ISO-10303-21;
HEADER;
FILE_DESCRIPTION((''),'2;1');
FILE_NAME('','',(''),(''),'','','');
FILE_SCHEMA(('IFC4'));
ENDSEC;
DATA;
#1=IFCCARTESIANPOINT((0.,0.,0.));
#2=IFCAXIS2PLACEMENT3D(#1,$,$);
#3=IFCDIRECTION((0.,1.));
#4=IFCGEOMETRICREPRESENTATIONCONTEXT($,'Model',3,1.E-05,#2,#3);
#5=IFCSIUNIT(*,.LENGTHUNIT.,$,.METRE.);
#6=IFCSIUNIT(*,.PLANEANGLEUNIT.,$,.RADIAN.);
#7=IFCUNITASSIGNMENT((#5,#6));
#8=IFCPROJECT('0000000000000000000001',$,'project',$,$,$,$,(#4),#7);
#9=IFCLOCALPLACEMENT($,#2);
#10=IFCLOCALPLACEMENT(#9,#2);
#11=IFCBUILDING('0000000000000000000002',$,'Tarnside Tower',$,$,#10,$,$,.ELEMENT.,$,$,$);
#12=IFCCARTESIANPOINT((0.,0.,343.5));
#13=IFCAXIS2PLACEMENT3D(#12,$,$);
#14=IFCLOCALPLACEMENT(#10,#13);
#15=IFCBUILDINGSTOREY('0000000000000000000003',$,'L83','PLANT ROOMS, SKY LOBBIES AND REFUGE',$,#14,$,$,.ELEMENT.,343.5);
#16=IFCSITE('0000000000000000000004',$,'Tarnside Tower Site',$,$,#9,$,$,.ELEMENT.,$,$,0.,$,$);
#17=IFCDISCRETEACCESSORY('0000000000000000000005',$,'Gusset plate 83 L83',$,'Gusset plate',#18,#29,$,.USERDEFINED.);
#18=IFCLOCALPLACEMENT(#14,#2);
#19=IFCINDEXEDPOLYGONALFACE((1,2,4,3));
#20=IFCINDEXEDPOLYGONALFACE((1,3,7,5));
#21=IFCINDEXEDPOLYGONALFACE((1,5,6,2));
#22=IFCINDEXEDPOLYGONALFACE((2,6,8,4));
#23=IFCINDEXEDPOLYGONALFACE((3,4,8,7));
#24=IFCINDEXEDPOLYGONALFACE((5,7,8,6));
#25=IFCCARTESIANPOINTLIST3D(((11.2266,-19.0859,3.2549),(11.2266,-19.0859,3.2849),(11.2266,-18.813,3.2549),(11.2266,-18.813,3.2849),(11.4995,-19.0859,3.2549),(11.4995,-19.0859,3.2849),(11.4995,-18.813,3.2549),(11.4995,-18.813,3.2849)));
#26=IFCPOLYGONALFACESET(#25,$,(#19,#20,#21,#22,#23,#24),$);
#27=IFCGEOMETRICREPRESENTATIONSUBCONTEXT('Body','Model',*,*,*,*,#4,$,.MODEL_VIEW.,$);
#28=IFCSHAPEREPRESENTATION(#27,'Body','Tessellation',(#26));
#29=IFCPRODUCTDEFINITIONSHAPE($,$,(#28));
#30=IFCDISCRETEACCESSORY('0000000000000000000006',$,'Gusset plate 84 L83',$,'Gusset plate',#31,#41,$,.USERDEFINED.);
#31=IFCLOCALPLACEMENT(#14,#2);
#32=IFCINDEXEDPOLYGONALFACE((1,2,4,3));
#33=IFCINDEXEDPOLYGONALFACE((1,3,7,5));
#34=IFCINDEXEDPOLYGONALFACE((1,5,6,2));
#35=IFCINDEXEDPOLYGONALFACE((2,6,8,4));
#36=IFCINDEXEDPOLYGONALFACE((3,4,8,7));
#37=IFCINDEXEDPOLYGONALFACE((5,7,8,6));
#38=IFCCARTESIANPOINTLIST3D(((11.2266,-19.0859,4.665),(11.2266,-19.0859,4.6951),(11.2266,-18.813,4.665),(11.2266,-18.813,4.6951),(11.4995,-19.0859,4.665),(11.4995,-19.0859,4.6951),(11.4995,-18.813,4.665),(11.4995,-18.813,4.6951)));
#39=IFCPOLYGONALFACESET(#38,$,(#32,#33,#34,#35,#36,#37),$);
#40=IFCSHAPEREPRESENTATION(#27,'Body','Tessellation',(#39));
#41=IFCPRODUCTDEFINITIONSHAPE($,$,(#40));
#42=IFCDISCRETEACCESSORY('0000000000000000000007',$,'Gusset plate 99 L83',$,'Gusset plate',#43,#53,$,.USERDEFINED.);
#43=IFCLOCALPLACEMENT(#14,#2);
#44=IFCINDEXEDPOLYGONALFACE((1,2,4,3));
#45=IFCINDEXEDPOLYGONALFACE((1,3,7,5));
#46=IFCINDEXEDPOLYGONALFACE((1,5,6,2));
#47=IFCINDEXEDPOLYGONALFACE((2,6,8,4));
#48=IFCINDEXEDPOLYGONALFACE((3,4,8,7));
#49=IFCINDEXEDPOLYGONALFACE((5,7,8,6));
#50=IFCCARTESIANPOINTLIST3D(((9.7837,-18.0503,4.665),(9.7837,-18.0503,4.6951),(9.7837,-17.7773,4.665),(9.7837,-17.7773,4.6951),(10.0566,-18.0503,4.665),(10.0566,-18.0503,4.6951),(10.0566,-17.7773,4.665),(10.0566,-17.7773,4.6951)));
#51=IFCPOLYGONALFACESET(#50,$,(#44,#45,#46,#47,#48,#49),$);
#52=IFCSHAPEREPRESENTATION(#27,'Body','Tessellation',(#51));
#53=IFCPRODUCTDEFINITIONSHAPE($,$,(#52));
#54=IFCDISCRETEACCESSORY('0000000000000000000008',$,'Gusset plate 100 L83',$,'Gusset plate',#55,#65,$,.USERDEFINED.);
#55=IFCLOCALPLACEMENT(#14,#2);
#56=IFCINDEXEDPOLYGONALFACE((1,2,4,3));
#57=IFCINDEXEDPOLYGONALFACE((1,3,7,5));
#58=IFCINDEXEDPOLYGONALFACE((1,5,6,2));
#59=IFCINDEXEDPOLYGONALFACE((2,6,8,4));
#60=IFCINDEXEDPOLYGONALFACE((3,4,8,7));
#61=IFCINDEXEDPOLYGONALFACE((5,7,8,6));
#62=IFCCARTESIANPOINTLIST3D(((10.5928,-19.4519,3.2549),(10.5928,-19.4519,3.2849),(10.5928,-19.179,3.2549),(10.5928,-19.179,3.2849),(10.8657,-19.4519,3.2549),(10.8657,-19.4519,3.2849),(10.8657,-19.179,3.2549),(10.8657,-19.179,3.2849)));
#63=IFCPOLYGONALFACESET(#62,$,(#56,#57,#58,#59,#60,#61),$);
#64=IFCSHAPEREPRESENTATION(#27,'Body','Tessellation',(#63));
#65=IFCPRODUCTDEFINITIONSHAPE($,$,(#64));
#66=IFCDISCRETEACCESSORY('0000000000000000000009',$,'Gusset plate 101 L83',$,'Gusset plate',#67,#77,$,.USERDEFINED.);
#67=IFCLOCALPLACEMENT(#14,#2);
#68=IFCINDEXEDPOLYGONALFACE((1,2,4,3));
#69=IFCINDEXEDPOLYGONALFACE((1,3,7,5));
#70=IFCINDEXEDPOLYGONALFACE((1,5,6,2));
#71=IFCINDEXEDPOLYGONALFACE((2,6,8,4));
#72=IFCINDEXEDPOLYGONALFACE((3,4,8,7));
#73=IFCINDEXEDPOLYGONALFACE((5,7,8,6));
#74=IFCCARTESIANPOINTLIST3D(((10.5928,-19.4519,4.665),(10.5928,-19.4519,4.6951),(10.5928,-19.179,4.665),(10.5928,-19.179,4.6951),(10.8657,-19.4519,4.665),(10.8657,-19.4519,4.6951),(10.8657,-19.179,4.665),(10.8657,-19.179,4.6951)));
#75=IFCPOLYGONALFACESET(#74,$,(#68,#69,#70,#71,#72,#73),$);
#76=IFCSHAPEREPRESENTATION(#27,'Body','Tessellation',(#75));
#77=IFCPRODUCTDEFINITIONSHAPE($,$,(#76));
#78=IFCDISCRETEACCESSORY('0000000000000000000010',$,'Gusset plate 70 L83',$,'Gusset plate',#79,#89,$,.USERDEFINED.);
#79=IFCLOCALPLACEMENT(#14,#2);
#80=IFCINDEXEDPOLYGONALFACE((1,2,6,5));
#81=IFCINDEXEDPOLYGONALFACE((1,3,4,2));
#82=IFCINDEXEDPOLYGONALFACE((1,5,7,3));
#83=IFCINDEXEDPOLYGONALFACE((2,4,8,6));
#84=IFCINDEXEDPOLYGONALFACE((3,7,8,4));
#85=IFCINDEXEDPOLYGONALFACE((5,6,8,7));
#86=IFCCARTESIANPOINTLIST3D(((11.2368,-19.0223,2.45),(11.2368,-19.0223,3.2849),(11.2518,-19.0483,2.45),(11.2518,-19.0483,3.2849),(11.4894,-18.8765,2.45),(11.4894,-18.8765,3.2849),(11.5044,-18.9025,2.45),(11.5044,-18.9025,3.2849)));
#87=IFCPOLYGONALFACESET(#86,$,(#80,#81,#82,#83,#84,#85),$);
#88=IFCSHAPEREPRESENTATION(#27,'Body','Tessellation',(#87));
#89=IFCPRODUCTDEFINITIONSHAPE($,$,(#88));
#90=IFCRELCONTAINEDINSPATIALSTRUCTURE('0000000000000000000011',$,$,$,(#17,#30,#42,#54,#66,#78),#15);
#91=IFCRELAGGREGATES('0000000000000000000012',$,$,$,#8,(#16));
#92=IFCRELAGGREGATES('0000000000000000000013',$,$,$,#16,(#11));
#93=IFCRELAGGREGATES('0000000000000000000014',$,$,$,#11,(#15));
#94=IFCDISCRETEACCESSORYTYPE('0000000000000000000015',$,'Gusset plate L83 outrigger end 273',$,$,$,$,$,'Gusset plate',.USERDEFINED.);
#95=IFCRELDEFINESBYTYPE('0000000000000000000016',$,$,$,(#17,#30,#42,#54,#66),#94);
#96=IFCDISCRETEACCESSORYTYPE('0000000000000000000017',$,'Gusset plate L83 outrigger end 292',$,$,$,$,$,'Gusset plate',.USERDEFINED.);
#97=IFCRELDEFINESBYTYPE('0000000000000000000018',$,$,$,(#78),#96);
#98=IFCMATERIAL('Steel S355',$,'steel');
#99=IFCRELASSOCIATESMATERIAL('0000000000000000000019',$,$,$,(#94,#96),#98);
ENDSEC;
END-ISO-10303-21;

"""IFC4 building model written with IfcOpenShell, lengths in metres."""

from ifc_helpers import new_model, si_unit, direction, frame, origin, origin_2d, place, context, subcontext, project, spatial, rectangle, extrude, material, type_object, element, save


model = new_model("IFC4")

# Units and contexts
model_context = context("Model", 3, precision=1e-05, world=origin(), true_north=direction((0.0, 1.0)))
body_context = subcontext(model_context, "Body", "Model", "MODEL_VIEW")
ifc_project = project(units=[si_unit("LENGTHUNIT", "METRE"), si_unit("PLANEANGLEUNIT", "RADIAN")], contexts=[model_context])

# Site, building, storey
site_placement = place(None, origin())
site = spatial("IfcSite", under=ifc_project, at=site_placement, Name="Tarnside Tower Site", CompositionType="ELEMENT", RefElevation=0.0)
building_placement = place(site_placement, origin())
building = spatial("IfcBuilding", under=site, at=building_placement, Name="Tarnside Tower", CompositionType="ELEMENT")
storey_placement = place(building_placement, frame((0.0, 0.0, 343.5)))
storey = spatial("IfcBuildingStorey", under=building, at=storey_placement, Name="L83", Description="PLANT ROOMS, SKY LOBBIES AND REFUGE", CompositionType="ELEMENT", Elevation=343.5)

# Shared definitions
ifc_material_1 = material(Name="Steel S355", Category="steel")

# Discrete accessories
discrete_accessory_type_1 = type_object("IfcDiscreteAccessoryType", Name="Gusset plate L83 outrigger end 273", ElementType="Gusset plate", PredefinedType="USERDEFINED", material=ifc_material_1)
for number, where, z_axis, x_axis, name in (
    (1, (11.363, -18.9495, 3.2549), (0.0, 0.0, 1.0), (1.0, 0.0, 0.0), "Gusset plate 83 L83"),
    (2, (11.363, -18.9495, 4.665), (0.0, 0.0, 1.0), (1.0, 0.0, 0.0), "Gusset plate 84 L83"),
    (3, (9.9202, -17.9138, 4.665), (0.0, 0.0, 1.0), (1.0, 0.0, 0.0), "Gusset plate 99 L83"),
    (4, (10.7292, -19.3154, 3.2549), (0.0, 0.0, 1.0), (1.0, 0.0, 0.0), "Gusset plate 100 L83"),
    (5, (10.7292, -19.3154, 4.665), (0.0, 0.0, 1.0), (1.0, 0.0, 0.0), "Gusset plate 101 L83"),
):
    element("IfcDiscreteAccessory", number, at=place(storey_placement, frame(where, z_axis=z_axis, x_axis=x_axis)), inside=storey, type_object=discrete_accessory_type_1, Name=name, ObjectType="Gusset plate", PredefinedType="USERDEFINED", context=body_context, shape_type="SweptSolid", body=[
        extrude(rectangle(XDim=0.2729, YDim=0.2729, at=origin_2d()), origin(), (0.0, 0.0, 1.0), 0.03),
    ])
discrete_accessory_type_2 = type_object("IfcDiscreteAccessoryType", Name="Gusset plate L83 outrigger end 292", ElementType="Gusset plate", PredefinedType="USERDEFINED", material=ifc_material_1)
discrete_accessory_placement = place(storey_placement, frame((11.3706, -18.9624, 2.45), z_axis=(0.0, 0.0, 1.0), x_axis=(0.50002, -0.866014, 0.0)))
element("IfcDiscreteAccessory", 6, at=discrete_accessory_placement, inside=storey, type_object=discrete_accessory_type_2, Name="Gusset plate 70 L83", ObjectType="Gusset plate", PredefinedType="USERDEFINED", context=body_context, shape_type="SweptSolid", body=[
    extrude(rectangle(XDim=0.03, YDim=0.2917, at=origin_2d()), origin(), (0.0, 0.0, 1.0), 0.835),
])

save(model, "model.ifc")
